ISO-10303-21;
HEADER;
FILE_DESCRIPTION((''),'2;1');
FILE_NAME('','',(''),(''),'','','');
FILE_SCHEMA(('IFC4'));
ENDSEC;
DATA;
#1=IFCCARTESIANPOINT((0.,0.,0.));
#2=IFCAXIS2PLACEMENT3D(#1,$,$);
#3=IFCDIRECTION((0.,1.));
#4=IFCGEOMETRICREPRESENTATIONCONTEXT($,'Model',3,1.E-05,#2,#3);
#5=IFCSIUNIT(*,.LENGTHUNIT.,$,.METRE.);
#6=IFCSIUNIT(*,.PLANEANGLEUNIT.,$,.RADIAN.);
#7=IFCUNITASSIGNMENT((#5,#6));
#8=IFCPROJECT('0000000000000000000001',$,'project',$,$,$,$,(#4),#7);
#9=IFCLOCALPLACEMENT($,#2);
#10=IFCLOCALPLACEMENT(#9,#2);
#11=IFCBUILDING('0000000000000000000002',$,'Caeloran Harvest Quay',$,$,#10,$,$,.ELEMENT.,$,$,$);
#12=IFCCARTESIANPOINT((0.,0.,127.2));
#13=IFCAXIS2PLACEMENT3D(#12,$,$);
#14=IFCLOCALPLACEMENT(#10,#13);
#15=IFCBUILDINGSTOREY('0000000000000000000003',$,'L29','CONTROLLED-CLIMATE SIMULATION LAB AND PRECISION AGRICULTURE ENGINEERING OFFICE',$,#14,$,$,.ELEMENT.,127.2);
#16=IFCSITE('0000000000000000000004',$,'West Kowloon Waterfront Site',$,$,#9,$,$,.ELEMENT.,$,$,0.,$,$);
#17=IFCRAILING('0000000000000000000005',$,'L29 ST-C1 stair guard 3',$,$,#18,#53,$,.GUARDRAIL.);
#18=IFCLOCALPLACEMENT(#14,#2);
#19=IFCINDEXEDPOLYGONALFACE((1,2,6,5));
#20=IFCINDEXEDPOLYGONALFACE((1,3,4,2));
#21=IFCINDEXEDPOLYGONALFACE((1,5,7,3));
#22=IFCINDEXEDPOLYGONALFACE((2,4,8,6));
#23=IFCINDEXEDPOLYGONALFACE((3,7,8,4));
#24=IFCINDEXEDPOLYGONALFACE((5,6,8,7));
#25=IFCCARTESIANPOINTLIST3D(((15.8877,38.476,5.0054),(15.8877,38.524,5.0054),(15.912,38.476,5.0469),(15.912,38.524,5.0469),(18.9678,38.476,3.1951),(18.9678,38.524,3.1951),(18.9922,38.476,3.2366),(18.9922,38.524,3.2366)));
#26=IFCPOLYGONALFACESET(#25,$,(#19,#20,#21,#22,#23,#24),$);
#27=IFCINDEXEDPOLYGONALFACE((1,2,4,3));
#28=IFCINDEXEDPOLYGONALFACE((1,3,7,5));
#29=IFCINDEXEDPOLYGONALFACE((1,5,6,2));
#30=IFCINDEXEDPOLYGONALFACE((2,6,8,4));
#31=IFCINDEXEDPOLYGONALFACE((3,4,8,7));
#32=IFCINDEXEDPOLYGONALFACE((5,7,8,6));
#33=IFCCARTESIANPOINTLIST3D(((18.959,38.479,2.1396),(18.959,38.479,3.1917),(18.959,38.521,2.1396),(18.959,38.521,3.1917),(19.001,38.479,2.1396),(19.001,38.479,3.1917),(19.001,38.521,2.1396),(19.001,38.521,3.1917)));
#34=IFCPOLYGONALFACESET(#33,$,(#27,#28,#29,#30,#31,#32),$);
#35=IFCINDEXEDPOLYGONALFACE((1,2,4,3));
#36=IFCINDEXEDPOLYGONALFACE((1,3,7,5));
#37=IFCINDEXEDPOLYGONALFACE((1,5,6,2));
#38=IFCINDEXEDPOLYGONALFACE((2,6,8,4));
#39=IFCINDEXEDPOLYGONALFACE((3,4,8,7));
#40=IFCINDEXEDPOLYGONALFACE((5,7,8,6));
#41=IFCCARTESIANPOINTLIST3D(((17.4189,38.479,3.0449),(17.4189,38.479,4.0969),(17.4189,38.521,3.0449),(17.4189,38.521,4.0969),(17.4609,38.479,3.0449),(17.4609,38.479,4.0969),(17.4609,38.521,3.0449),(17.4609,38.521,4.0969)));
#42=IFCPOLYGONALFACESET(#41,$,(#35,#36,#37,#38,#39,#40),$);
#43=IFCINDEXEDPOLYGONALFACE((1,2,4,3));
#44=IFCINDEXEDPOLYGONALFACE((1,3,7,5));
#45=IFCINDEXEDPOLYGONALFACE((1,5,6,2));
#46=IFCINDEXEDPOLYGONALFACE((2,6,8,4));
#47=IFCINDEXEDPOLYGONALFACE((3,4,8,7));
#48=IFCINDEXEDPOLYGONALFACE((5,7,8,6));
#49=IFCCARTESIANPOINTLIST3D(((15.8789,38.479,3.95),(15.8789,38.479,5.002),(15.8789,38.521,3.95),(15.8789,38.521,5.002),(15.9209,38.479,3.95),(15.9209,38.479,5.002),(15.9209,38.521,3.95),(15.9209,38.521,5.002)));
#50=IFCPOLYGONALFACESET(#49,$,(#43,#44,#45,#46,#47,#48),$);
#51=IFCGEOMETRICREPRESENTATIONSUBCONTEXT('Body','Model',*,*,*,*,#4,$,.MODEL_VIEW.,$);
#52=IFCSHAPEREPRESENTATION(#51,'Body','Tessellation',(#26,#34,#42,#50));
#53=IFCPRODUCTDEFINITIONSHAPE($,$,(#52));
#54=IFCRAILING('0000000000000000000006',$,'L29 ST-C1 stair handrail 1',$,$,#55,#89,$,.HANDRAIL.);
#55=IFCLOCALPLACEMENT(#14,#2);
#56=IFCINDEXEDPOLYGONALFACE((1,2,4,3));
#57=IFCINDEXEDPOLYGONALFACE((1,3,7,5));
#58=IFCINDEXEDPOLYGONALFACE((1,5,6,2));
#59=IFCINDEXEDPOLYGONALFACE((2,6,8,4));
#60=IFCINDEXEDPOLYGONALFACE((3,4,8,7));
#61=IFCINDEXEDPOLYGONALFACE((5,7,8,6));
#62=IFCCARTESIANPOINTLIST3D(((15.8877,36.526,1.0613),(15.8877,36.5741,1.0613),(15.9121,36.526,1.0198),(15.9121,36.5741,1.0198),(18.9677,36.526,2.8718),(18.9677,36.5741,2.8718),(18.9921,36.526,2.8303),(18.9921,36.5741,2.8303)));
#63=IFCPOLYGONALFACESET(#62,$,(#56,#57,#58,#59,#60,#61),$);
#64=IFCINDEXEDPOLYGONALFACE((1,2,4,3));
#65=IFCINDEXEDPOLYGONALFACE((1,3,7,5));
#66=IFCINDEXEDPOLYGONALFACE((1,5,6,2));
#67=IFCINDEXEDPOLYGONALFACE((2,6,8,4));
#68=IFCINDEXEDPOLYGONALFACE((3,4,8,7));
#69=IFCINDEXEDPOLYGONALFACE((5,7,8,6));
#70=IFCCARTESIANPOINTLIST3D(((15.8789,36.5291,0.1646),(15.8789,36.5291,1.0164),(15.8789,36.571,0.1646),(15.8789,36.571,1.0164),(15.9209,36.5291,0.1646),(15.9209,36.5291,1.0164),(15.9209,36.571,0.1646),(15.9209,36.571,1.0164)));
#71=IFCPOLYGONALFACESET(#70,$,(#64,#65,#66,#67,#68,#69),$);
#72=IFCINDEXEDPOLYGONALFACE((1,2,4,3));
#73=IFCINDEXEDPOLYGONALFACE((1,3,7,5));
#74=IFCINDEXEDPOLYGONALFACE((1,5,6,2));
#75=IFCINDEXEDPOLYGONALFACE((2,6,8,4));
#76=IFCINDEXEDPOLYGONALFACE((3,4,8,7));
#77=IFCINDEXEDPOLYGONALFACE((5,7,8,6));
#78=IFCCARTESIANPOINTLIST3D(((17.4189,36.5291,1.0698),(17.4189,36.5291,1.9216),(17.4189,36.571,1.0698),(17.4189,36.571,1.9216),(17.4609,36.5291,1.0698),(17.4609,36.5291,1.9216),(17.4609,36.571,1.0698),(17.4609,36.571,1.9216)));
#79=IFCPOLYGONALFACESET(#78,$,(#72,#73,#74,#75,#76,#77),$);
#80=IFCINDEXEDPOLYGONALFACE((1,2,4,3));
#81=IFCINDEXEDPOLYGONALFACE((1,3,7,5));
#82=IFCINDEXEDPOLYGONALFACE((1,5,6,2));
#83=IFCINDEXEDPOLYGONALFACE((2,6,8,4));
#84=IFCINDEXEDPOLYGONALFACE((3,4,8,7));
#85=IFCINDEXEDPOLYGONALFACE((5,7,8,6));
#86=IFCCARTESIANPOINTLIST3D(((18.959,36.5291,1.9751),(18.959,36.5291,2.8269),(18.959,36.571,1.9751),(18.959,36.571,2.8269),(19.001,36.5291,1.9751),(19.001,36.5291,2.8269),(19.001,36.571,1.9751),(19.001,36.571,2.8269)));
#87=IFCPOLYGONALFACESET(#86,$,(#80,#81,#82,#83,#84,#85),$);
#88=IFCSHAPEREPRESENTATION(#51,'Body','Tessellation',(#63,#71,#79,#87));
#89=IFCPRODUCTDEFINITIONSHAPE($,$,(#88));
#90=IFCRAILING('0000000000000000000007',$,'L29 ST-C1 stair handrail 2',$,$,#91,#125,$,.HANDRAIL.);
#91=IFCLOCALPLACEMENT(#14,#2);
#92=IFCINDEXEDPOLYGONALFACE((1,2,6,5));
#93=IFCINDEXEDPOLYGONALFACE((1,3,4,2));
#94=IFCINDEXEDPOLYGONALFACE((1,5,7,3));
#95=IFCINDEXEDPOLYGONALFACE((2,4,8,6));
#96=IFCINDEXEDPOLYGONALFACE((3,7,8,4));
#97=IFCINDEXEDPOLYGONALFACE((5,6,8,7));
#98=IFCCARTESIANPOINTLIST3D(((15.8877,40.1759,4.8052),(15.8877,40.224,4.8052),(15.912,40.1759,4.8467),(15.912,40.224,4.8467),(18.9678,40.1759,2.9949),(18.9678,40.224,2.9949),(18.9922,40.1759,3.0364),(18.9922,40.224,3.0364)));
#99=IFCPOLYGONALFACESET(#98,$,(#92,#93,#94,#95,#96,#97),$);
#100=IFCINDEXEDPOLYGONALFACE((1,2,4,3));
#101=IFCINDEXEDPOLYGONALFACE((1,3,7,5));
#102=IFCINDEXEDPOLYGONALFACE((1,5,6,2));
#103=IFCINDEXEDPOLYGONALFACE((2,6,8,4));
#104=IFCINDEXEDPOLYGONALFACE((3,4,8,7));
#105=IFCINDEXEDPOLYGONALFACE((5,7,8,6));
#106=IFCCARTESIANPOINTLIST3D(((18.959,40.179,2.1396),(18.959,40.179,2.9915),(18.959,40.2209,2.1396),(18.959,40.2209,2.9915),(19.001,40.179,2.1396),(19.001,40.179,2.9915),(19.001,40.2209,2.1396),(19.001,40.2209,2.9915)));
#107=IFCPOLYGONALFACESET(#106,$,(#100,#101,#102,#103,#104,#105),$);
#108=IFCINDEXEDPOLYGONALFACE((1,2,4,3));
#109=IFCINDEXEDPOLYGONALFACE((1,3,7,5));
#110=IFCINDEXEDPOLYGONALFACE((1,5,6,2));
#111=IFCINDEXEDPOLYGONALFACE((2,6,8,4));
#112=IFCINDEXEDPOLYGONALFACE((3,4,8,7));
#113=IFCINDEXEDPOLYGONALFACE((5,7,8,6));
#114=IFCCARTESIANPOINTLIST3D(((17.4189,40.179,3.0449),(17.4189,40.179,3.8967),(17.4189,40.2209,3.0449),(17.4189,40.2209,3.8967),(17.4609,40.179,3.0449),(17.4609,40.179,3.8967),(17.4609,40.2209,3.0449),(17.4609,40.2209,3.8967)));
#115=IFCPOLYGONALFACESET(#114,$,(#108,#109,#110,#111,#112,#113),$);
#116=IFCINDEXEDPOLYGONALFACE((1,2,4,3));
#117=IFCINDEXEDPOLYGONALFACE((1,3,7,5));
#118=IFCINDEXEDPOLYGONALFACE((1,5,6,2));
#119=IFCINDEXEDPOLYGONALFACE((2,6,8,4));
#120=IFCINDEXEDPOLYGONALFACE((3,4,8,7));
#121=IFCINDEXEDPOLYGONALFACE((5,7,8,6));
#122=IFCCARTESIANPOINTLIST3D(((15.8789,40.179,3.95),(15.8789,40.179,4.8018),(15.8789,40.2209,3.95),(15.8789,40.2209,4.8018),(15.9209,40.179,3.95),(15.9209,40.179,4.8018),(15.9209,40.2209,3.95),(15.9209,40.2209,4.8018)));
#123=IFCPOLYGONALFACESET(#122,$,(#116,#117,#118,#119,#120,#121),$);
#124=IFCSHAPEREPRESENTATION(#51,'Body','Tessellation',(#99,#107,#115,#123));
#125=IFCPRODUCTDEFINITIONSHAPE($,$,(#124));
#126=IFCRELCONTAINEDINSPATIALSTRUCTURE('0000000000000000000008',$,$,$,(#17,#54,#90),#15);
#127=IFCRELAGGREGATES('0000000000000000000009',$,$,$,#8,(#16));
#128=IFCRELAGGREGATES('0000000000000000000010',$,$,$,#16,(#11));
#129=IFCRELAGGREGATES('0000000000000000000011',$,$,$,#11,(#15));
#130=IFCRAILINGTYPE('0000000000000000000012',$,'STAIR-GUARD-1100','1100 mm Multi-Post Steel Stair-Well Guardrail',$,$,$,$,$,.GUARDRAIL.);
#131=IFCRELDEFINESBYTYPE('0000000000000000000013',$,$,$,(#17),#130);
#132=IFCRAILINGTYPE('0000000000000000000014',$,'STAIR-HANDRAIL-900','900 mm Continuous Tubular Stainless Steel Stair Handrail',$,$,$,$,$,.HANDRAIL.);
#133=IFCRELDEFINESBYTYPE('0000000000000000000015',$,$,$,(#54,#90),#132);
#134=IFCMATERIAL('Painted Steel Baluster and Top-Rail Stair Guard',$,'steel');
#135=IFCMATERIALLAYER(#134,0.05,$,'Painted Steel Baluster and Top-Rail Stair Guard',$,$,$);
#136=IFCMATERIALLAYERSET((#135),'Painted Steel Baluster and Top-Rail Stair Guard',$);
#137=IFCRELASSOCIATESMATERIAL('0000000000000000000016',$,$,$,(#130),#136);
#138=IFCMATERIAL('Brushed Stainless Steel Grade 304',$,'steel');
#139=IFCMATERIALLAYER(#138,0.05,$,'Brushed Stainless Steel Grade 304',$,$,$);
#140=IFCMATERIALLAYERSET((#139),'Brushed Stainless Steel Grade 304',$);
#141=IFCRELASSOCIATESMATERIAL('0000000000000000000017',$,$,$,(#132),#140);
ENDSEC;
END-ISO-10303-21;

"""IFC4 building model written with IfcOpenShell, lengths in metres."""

from ifc_helpers import new_model, si_unit, direction, frame, origin, origin_2d, place, context, subcontext, project, spatial, rectangle, extrude, material, layer, layer_set, type_object, element, save


model = new_model("IFC4")

# Units and contexts
model_context = context("Model", 3, precision=1e-05, world=origin(), true_north=direction((0.0, 1.0)))
body_context = subcontext(model_context, "Body", "Model", "MODEL_VIEW")
ifc_project = project(units=[si_unit("LENGTHUNIT", "METRE"), si_unit("PLANEANGLEUNIT", "RADIAN")], contexts=[model_context])

# Site, building, storey
site_placement = place(None, origin())
site = spatial("IfcSite", under=ifc_project, at=site_placement, Name="West Kowloon Waterfront Site", CompositionType="ELEMENT", RefElevation=0.0)
building_placement = place(site_placement, origin())
building = spatial("IfcBuilding", under=site, at=building_placement, Name="Caeloran Harvest Quay", CompositionType="ELEMENT")
storey_placement = place(building_placement, frame((0.0, 0.0, 127.2)))
storey = spatial("IfcBuildingStorey", under=building, at=storey_placement, Name="L29", Description="CONTROLLED-CLIMATE SIMULATION LAB AND PRECISION AGRICULTURE ENGINEERING OFFICE", CompositionType="ELEMENT", Elevation=127.2)

# Railings
ifc_material_1 = material(Name="Painted Steel Baluster and Top-Rail Stair Guard", Category="steel")
ifc_layer_1 = layer(ifc_material_1, 0.05, Name="Painted Steel Baluster and Top-Rail Stair Guard")
ifc_layer_set_1 = layer_set([ifc_layer_1], Name="Painted Steel Baluster and Top-Rail Stair Guard")
railing_type_1 = type_object("IfcRailingType", Name="STAIR-GUARD-1100", Description="1100 mm Multi-Post Steel Stair-Well Guardrail", PredefinedType="GUARDRAIL", material=ifc_layer_set_1)
railing_1_placement = place(storey_placement, frame((18.98, 38.5, 2.1396)))
element("IfcRailing", 1, at=railing_1_placement, inside=storey, type_object=railing_type_1, Name="L29 ST-C1 stair guard 3", PredefinedType="GUARDRAIL", context=body_context, shape_type="SweptSolid", body=[
    extrude(rectangle(XDim=0.0481, YDim=0.0481, at=origin_2d()), frame((0.0, 0.0, 1.0762), z_axis=(-0.862119, 0.0, 0.506707), x_axis=(0.0, -1.0, 0.0)), (0.0, 0.0, 1.0), 3.5728),
    extrude(rectangle(XDim=0.042, YDim=0.042, at=origin_2d()), origin(), (0.0, 0.0, 1.0), 1.052),
    extrude(rectangle(XDim=0.042, YDim=0.042, at=origin_2d()), frame((-1.54, 0.0, 0.9053)), (0.0, 0.0, 1.0), 1.052),
    extrude(rectangle(XDim=0.042, YDim=0.042, at=origin_2d()), frame((-3.0801, 0.0, 1.8103)), (0.0, 0.0, 1.0), 1.052),
])
ifc_material_2 = material(Name="Brushed Stainless Steel Grade 304", Category="steel")
ifc_layer_2 = layer(ifc_material_2, 0.05, Name="Brushed Stainless Steel Grade 304")
ifc_layer_set_2 = layer_set([ifc_layer_2], Name="Brushed Stainless Steel Grade 304")
railing_type_2 = type_object("IfcRailingType", Name="STAIR-HANDRAIL-900", Description="900 mm Continuous Tubular Stainless Steel Stair Handrail", PredefinedType="HANDRAIL", material=ifc_layer_set_2)
railing_2_placement = place(storey_placement, frame((15.8999, 36.55, 0.1646)))
element("IfcRailing", 2, at=railing_2_placement, inside=storey, type_object=railing_type_2, Name="L29 ST-C1 stair handrail 1", PredefinedType="HANDRAIL", context=body_context, shape_type="SweptSolid", body=[
    extrude(rectangle(XDim=0.0481, YDim=0.0481, at=origin_2d()), frame((0.0, 0.0, 0.876), z_axis=(0.862089, 0.0, 0.506757), x_axis=(0.0, 1.0, 0.0)), (0.0, 0.0, 1.0), 3.5728),
    extrude(rectangle(XDim=0.042, YDim=0.042, at=origin_2d()), origin(), (0.0, 0.0, 1.0), 0.8518),
    extrude(rectangle(XDim=0.042, YDim=0.042, at=origin_2d()), frame((1.54, 0.0, 0.9053)), (0.0, 0.0, 1.0), 0.8518),
    extrude(rectangle(XDim=0.042, YDim=0.042, at=origin_2d()), frame((3.0801, 0.0, 1.8105)), (0.0, 0.0, 1.0), 0.8518),
])
railing_3_placement = place(storey_placement, frame((18.98, 40.2, 2.1396)))
element("IfcRailing", 3, at=railing_3_placement, inside=storey, type_object=railing_type_2, Name="L29 ST-C1 stair handrail 2", PredefinedType="HANDRAIL", context=body_context, shape_type="SweptSolid", body=[
    extrude(rectangle(XDim=0.0481, YDim=0.0481, at=origin_2d()), frame((0.0, 0.0, 0.876), z_axis=(-0.862119, 0.0, 0.506707), x_axis=(0.0, -1.0, 0.0)), (0.0, 0.0, 1.0), 3.5728),
    extrude(rectangle(XDim=0.042, YDim=0.042, at=origin_2d()), origin(), (0.0, 0.0, 1.0), 0.8518),
    extrude(rectangle(XDim=0.042, YDim=0.042, at=origin_2d()), frame((-1.54, 0.0, 0.9053)), (0.0, 0.0, 1.0), 0.8518),
    extrude(rectangle(XDim=0.042, YDim=0.042, at=origin_2d()), frame((-3.0801, 0.0, 1.8103)), (0.0, 0.0, 1.0), 0.8518),
])

save(model, "model.ifc")
